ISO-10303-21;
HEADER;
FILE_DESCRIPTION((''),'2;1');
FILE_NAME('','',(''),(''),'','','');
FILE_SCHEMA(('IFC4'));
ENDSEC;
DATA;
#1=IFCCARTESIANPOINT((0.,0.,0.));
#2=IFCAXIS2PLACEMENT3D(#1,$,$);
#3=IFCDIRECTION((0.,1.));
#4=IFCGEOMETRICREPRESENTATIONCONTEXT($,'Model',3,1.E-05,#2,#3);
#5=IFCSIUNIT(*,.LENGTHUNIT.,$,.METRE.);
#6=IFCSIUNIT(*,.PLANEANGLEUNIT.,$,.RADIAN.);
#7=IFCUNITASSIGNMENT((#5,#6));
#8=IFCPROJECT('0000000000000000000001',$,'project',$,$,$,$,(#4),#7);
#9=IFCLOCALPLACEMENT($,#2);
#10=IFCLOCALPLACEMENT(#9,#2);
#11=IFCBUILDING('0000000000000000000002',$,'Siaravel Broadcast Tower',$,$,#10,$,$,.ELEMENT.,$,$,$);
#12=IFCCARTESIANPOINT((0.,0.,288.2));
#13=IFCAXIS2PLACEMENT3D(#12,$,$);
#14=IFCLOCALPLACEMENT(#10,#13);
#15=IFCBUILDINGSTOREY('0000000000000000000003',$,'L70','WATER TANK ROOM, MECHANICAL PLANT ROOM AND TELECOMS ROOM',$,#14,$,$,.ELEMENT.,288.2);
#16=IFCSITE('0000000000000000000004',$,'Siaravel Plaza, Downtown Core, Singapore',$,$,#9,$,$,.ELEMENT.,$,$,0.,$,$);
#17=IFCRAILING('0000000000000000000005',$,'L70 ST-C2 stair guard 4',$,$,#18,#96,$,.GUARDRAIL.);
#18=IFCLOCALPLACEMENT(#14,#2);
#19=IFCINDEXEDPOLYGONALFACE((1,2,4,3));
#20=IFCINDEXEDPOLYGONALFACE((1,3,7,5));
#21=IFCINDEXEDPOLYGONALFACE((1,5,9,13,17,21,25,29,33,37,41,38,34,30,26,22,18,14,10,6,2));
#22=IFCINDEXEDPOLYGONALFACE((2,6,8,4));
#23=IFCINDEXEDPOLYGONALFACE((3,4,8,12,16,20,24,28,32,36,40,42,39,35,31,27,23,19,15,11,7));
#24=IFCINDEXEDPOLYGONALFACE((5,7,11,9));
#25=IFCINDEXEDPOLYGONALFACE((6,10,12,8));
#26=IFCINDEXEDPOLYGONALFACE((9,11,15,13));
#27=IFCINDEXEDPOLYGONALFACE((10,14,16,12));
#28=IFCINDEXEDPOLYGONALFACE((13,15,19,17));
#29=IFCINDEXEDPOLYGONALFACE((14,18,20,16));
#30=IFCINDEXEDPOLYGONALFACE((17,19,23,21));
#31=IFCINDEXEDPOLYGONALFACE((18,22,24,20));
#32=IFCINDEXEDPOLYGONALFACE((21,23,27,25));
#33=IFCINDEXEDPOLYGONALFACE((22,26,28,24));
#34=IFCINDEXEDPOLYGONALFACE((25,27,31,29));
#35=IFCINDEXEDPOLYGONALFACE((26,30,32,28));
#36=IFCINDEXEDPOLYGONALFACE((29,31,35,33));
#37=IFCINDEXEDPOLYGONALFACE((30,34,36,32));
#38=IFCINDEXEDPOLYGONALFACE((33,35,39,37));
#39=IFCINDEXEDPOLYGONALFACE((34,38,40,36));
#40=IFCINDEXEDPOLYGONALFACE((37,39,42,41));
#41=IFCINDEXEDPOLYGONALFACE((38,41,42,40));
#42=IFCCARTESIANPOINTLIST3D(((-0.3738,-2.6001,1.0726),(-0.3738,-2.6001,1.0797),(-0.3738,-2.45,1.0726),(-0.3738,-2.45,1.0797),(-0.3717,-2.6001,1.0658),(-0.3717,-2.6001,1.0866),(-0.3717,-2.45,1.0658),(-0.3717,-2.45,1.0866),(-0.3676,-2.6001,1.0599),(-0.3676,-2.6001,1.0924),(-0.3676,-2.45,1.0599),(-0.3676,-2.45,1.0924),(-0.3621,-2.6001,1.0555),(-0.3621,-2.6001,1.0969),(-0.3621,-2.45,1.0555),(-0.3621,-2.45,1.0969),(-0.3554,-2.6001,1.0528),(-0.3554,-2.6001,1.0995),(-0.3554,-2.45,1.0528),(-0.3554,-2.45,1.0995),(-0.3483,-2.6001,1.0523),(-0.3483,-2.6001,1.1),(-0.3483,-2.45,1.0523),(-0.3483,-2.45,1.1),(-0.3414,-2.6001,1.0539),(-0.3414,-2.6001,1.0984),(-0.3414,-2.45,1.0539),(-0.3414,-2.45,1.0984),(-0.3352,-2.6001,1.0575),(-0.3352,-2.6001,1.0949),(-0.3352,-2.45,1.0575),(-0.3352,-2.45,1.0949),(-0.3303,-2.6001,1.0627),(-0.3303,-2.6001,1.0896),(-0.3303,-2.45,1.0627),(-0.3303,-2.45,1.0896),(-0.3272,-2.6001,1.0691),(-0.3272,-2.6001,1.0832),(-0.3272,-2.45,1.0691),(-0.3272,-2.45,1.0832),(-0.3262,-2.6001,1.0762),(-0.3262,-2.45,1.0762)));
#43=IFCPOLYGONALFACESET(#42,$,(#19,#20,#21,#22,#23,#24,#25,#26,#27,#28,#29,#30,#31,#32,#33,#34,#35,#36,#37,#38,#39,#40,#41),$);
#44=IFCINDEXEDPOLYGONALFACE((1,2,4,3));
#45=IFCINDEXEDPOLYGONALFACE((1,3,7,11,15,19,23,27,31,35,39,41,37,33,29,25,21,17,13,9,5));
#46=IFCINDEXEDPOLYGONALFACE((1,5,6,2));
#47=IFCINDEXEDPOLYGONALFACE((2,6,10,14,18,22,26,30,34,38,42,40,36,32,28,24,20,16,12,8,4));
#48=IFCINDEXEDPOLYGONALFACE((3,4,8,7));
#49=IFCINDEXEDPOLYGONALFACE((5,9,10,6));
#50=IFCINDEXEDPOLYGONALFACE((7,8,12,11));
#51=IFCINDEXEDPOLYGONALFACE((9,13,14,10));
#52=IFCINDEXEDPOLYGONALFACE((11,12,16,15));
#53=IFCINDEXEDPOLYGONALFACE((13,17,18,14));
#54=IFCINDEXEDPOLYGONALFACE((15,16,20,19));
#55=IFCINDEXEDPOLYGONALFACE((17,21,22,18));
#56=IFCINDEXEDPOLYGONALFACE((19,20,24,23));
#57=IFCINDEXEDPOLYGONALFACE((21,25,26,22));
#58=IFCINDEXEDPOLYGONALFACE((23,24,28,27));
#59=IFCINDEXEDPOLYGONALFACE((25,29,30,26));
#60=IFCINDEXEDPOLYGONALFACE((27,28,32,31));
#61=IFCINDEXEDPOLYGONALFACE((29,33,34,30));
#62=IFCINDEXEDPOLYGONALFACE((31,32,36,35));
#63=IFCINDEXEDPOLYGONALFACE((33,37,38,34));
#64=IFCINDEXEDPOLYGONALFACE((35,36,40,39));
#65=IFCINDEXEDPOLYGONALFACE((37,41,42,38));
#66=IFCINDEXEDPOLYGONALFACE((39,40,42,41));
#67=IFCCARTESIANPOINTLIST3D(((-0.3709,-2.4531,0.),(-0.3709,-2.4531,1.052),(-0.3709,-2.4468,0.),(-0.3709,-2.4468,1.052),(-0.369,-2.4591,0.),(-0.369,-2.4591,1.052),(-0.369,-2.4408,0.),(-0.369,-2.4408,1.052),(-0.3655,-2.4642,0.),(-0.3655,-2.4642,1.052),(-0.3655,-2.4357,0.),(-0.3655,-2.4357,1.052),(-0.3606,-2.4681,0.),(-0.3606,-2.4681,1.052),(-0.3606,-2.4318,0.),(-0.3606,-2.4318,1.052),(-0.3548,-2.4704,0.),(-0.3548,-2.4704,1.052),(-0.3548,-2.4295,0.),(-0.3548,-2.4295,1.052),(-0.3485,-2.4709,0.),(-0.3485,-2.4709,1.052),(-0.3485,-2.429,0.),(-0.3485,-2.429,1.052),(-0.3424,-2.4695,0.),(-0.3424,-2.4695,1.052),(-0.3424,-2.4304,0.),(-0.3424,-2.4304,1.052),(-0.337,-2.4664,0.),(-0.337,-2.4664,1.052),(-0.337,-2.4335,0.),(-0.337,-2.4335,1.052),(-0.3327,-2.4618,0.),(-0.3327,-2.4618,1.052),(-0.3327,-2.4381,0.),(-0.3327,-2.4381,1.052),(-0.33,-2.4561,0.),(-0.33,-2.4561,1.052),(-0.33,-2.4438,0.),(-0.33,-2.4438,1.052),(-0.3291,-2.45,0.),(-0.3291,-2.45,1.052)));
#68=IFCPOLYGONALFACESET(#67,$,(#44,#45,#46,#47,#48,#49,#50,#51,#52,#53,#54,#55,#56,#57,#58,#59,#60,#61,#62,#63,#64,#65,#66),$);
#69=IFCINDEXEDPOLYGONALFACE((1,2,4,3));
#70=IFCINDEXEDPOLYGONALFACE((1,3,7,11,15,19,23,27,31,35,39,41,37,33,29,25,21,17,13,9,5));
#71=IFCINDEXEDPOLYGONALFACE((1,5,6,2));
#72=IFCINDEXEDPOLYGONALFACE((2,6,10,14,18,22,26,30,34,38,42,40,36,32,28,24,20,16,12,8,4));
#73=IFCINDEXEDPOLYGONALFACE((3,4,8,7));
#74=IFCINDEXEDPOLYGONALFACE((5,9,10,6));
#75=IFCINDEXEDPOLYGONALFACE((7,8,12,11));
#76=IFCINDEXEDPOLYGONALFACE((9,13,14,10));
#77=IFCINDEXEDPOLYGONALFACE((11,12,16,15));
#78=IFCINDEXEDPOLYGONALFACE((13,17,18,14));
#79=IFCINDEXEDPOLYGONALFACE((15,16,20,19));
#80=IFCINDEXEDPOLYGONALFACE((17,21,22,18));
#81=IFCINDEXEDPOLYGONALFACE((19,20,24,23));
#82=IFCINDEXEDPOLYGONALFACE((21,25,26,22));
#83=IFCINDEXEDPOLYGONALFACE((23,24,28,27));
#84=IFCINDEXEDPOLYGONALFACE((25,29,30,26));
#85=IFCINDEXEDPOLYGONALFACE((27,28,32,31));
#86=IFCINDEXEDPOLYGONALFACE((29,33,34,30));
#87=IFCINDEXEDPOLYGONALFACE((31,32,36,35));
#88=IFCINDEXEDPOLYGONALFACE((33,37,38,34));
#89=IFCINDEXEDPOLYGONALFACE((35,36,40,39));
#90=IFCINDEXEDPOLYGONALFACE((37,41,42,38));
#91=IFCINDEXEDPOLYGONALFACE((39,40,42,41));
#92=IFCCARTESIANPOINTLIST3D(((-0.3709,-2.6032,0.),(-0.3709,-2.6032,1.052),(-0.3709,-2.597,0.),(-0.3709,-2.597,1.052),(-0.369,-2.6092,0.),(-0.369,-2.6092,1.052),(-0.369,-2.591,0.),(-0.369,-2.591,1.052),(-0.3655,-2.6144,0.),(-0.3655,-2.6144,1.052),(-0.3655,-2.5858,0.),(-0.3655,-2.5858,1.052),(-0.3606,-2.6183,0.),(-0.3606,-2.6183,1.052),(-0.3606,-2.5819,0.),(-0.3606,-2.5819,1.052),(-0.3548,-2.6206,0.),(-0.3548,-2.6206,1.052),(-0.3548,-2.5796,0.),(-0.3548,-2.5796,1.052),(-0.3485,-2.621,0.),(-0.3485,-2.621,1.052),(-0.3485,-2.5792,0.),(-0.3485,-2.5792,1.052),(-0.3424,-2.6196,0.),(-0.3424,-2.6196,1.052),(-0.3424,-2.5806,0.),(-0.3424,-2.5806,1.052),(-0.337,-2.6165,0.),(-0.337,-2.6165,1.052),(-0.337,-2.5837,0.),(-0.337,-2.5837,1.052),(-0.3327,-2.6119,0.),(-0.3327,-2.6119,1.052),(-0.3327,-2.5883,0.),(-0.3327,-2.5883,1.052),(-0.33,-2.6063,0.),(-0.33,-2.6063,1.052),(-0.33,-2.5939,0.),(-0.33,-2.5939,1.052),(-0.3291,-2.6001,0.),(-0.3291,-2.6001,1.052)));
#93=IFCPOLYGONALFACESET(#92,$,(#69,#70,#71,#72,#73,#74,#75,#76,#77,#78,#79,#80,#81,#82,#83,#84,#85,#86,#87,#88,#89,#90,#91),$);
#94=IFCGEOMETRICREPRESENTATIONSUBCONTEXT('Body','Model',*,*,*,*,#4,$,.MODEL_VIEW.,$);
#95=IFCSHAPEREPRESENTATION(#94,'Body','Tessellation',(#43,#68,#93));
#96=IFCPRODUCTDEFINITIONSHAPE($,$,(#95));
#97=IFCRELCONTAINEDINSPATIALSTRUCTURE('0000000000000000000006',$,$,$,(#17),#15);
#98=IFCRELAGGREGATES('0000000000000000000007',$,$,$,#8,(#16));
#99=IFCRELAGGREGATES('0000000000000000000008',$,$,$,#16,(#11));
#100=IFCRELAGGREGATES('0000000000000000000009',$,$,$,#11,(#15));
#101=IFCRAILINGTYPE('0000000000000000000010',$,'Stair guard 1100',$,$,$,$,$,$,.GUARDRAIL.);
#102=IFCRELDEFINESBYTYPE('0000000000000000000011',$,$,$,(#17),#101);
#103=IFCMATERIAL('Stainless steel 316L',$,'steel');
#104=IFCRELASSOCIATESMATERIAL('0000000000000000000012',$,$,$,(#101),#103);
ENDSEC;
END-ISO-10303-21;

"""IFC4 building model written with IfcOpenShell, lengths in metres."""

from ifc_helpers import new_model, si_unit, direction, frame, origin, origin_2d, place, context, subcontext, project, spatial, circle, extrude, material, type_object, element, save


model = new_model("IFC4")

# Units and contexts
model_context = context("Model", 3, precision=1e-05, world=origin(), true_north=direction((0.0, 1.0)))
body_context = subcontext(model_context, "Body", "Model", "MODEL_VIEW")
ifc_project = project(units=[si_unit("LENGTHUNIT", "METRE"), si_unit("PLANEANGLEUNIT", "RADIAN")], contexts=[model_context])

# Site, building, storey
site_placement = place(None, origin())
site = spatial("IfcSite", under=ifc_project, at=site_placement, Name="Siaravel Plaza, Downtown Core, Singapore", CompositionType="ELEMENT", RefElevation=0.0)
building_placement = place(site_placement, origin())
building = spatial("IfcBuilding", under=site, at=building_placement, Name="Siaravel Broadcast Tower", CompositionType="ELEMENT")
storey_placement = place(building_placement, frame((0.0, 0.0, 288.2)))
storey = spatial("IfcBuildingStorey", under=building, at=storey_placement, Name="L70", Description="WATER TANK ROOM, MECHANICAL PLANT ROOM AND TELECOMS ROOM", CompositionType="ELEMENT", Elevation=288.2)

# Shared definitions
ifc_material_1 = material(Name="Stainless steel 316L", Category="steel")

# Railing
railing_type_1 = type_object("IfcRailingType", Name="Stair guard 1100", PredefinedType="GUARDRAIL", material=ifc_material_1)
railing_1_placement = place(storey_placement, frame((-0.3501, -2.45, 0.0)))
element("IfcRailing", 1, at=railing_1_placement, inside=storey, type_object=railing_type_1, Name="L70 ST-C2 stair guard 4", PredefinedType="GUARDRAIL", context=body_context, shape_type="SweptSolid", body=[
    extrude(circle(Radius=0.0239, at=origin_2d()), frame((0.0, 0.0, 1.0762), z_axis=(0.0, -1.0, 0.0), x_axis=(1.0, 0.0, 0.0)), (0.0, 0.0, 1.0), 0.1501),
    extrude(circle(Radius=0.021, at=origin_2d()), origin(), (0.0, 0.0, 1.0), 1.052),
    extrude(circle(Radius=0.021, at=origin_2d()), frame((0.0, -0.1501, 0.0)), (0.0, 0.0, 1.0), 1.052),
])

save(model, "model.ifc")
